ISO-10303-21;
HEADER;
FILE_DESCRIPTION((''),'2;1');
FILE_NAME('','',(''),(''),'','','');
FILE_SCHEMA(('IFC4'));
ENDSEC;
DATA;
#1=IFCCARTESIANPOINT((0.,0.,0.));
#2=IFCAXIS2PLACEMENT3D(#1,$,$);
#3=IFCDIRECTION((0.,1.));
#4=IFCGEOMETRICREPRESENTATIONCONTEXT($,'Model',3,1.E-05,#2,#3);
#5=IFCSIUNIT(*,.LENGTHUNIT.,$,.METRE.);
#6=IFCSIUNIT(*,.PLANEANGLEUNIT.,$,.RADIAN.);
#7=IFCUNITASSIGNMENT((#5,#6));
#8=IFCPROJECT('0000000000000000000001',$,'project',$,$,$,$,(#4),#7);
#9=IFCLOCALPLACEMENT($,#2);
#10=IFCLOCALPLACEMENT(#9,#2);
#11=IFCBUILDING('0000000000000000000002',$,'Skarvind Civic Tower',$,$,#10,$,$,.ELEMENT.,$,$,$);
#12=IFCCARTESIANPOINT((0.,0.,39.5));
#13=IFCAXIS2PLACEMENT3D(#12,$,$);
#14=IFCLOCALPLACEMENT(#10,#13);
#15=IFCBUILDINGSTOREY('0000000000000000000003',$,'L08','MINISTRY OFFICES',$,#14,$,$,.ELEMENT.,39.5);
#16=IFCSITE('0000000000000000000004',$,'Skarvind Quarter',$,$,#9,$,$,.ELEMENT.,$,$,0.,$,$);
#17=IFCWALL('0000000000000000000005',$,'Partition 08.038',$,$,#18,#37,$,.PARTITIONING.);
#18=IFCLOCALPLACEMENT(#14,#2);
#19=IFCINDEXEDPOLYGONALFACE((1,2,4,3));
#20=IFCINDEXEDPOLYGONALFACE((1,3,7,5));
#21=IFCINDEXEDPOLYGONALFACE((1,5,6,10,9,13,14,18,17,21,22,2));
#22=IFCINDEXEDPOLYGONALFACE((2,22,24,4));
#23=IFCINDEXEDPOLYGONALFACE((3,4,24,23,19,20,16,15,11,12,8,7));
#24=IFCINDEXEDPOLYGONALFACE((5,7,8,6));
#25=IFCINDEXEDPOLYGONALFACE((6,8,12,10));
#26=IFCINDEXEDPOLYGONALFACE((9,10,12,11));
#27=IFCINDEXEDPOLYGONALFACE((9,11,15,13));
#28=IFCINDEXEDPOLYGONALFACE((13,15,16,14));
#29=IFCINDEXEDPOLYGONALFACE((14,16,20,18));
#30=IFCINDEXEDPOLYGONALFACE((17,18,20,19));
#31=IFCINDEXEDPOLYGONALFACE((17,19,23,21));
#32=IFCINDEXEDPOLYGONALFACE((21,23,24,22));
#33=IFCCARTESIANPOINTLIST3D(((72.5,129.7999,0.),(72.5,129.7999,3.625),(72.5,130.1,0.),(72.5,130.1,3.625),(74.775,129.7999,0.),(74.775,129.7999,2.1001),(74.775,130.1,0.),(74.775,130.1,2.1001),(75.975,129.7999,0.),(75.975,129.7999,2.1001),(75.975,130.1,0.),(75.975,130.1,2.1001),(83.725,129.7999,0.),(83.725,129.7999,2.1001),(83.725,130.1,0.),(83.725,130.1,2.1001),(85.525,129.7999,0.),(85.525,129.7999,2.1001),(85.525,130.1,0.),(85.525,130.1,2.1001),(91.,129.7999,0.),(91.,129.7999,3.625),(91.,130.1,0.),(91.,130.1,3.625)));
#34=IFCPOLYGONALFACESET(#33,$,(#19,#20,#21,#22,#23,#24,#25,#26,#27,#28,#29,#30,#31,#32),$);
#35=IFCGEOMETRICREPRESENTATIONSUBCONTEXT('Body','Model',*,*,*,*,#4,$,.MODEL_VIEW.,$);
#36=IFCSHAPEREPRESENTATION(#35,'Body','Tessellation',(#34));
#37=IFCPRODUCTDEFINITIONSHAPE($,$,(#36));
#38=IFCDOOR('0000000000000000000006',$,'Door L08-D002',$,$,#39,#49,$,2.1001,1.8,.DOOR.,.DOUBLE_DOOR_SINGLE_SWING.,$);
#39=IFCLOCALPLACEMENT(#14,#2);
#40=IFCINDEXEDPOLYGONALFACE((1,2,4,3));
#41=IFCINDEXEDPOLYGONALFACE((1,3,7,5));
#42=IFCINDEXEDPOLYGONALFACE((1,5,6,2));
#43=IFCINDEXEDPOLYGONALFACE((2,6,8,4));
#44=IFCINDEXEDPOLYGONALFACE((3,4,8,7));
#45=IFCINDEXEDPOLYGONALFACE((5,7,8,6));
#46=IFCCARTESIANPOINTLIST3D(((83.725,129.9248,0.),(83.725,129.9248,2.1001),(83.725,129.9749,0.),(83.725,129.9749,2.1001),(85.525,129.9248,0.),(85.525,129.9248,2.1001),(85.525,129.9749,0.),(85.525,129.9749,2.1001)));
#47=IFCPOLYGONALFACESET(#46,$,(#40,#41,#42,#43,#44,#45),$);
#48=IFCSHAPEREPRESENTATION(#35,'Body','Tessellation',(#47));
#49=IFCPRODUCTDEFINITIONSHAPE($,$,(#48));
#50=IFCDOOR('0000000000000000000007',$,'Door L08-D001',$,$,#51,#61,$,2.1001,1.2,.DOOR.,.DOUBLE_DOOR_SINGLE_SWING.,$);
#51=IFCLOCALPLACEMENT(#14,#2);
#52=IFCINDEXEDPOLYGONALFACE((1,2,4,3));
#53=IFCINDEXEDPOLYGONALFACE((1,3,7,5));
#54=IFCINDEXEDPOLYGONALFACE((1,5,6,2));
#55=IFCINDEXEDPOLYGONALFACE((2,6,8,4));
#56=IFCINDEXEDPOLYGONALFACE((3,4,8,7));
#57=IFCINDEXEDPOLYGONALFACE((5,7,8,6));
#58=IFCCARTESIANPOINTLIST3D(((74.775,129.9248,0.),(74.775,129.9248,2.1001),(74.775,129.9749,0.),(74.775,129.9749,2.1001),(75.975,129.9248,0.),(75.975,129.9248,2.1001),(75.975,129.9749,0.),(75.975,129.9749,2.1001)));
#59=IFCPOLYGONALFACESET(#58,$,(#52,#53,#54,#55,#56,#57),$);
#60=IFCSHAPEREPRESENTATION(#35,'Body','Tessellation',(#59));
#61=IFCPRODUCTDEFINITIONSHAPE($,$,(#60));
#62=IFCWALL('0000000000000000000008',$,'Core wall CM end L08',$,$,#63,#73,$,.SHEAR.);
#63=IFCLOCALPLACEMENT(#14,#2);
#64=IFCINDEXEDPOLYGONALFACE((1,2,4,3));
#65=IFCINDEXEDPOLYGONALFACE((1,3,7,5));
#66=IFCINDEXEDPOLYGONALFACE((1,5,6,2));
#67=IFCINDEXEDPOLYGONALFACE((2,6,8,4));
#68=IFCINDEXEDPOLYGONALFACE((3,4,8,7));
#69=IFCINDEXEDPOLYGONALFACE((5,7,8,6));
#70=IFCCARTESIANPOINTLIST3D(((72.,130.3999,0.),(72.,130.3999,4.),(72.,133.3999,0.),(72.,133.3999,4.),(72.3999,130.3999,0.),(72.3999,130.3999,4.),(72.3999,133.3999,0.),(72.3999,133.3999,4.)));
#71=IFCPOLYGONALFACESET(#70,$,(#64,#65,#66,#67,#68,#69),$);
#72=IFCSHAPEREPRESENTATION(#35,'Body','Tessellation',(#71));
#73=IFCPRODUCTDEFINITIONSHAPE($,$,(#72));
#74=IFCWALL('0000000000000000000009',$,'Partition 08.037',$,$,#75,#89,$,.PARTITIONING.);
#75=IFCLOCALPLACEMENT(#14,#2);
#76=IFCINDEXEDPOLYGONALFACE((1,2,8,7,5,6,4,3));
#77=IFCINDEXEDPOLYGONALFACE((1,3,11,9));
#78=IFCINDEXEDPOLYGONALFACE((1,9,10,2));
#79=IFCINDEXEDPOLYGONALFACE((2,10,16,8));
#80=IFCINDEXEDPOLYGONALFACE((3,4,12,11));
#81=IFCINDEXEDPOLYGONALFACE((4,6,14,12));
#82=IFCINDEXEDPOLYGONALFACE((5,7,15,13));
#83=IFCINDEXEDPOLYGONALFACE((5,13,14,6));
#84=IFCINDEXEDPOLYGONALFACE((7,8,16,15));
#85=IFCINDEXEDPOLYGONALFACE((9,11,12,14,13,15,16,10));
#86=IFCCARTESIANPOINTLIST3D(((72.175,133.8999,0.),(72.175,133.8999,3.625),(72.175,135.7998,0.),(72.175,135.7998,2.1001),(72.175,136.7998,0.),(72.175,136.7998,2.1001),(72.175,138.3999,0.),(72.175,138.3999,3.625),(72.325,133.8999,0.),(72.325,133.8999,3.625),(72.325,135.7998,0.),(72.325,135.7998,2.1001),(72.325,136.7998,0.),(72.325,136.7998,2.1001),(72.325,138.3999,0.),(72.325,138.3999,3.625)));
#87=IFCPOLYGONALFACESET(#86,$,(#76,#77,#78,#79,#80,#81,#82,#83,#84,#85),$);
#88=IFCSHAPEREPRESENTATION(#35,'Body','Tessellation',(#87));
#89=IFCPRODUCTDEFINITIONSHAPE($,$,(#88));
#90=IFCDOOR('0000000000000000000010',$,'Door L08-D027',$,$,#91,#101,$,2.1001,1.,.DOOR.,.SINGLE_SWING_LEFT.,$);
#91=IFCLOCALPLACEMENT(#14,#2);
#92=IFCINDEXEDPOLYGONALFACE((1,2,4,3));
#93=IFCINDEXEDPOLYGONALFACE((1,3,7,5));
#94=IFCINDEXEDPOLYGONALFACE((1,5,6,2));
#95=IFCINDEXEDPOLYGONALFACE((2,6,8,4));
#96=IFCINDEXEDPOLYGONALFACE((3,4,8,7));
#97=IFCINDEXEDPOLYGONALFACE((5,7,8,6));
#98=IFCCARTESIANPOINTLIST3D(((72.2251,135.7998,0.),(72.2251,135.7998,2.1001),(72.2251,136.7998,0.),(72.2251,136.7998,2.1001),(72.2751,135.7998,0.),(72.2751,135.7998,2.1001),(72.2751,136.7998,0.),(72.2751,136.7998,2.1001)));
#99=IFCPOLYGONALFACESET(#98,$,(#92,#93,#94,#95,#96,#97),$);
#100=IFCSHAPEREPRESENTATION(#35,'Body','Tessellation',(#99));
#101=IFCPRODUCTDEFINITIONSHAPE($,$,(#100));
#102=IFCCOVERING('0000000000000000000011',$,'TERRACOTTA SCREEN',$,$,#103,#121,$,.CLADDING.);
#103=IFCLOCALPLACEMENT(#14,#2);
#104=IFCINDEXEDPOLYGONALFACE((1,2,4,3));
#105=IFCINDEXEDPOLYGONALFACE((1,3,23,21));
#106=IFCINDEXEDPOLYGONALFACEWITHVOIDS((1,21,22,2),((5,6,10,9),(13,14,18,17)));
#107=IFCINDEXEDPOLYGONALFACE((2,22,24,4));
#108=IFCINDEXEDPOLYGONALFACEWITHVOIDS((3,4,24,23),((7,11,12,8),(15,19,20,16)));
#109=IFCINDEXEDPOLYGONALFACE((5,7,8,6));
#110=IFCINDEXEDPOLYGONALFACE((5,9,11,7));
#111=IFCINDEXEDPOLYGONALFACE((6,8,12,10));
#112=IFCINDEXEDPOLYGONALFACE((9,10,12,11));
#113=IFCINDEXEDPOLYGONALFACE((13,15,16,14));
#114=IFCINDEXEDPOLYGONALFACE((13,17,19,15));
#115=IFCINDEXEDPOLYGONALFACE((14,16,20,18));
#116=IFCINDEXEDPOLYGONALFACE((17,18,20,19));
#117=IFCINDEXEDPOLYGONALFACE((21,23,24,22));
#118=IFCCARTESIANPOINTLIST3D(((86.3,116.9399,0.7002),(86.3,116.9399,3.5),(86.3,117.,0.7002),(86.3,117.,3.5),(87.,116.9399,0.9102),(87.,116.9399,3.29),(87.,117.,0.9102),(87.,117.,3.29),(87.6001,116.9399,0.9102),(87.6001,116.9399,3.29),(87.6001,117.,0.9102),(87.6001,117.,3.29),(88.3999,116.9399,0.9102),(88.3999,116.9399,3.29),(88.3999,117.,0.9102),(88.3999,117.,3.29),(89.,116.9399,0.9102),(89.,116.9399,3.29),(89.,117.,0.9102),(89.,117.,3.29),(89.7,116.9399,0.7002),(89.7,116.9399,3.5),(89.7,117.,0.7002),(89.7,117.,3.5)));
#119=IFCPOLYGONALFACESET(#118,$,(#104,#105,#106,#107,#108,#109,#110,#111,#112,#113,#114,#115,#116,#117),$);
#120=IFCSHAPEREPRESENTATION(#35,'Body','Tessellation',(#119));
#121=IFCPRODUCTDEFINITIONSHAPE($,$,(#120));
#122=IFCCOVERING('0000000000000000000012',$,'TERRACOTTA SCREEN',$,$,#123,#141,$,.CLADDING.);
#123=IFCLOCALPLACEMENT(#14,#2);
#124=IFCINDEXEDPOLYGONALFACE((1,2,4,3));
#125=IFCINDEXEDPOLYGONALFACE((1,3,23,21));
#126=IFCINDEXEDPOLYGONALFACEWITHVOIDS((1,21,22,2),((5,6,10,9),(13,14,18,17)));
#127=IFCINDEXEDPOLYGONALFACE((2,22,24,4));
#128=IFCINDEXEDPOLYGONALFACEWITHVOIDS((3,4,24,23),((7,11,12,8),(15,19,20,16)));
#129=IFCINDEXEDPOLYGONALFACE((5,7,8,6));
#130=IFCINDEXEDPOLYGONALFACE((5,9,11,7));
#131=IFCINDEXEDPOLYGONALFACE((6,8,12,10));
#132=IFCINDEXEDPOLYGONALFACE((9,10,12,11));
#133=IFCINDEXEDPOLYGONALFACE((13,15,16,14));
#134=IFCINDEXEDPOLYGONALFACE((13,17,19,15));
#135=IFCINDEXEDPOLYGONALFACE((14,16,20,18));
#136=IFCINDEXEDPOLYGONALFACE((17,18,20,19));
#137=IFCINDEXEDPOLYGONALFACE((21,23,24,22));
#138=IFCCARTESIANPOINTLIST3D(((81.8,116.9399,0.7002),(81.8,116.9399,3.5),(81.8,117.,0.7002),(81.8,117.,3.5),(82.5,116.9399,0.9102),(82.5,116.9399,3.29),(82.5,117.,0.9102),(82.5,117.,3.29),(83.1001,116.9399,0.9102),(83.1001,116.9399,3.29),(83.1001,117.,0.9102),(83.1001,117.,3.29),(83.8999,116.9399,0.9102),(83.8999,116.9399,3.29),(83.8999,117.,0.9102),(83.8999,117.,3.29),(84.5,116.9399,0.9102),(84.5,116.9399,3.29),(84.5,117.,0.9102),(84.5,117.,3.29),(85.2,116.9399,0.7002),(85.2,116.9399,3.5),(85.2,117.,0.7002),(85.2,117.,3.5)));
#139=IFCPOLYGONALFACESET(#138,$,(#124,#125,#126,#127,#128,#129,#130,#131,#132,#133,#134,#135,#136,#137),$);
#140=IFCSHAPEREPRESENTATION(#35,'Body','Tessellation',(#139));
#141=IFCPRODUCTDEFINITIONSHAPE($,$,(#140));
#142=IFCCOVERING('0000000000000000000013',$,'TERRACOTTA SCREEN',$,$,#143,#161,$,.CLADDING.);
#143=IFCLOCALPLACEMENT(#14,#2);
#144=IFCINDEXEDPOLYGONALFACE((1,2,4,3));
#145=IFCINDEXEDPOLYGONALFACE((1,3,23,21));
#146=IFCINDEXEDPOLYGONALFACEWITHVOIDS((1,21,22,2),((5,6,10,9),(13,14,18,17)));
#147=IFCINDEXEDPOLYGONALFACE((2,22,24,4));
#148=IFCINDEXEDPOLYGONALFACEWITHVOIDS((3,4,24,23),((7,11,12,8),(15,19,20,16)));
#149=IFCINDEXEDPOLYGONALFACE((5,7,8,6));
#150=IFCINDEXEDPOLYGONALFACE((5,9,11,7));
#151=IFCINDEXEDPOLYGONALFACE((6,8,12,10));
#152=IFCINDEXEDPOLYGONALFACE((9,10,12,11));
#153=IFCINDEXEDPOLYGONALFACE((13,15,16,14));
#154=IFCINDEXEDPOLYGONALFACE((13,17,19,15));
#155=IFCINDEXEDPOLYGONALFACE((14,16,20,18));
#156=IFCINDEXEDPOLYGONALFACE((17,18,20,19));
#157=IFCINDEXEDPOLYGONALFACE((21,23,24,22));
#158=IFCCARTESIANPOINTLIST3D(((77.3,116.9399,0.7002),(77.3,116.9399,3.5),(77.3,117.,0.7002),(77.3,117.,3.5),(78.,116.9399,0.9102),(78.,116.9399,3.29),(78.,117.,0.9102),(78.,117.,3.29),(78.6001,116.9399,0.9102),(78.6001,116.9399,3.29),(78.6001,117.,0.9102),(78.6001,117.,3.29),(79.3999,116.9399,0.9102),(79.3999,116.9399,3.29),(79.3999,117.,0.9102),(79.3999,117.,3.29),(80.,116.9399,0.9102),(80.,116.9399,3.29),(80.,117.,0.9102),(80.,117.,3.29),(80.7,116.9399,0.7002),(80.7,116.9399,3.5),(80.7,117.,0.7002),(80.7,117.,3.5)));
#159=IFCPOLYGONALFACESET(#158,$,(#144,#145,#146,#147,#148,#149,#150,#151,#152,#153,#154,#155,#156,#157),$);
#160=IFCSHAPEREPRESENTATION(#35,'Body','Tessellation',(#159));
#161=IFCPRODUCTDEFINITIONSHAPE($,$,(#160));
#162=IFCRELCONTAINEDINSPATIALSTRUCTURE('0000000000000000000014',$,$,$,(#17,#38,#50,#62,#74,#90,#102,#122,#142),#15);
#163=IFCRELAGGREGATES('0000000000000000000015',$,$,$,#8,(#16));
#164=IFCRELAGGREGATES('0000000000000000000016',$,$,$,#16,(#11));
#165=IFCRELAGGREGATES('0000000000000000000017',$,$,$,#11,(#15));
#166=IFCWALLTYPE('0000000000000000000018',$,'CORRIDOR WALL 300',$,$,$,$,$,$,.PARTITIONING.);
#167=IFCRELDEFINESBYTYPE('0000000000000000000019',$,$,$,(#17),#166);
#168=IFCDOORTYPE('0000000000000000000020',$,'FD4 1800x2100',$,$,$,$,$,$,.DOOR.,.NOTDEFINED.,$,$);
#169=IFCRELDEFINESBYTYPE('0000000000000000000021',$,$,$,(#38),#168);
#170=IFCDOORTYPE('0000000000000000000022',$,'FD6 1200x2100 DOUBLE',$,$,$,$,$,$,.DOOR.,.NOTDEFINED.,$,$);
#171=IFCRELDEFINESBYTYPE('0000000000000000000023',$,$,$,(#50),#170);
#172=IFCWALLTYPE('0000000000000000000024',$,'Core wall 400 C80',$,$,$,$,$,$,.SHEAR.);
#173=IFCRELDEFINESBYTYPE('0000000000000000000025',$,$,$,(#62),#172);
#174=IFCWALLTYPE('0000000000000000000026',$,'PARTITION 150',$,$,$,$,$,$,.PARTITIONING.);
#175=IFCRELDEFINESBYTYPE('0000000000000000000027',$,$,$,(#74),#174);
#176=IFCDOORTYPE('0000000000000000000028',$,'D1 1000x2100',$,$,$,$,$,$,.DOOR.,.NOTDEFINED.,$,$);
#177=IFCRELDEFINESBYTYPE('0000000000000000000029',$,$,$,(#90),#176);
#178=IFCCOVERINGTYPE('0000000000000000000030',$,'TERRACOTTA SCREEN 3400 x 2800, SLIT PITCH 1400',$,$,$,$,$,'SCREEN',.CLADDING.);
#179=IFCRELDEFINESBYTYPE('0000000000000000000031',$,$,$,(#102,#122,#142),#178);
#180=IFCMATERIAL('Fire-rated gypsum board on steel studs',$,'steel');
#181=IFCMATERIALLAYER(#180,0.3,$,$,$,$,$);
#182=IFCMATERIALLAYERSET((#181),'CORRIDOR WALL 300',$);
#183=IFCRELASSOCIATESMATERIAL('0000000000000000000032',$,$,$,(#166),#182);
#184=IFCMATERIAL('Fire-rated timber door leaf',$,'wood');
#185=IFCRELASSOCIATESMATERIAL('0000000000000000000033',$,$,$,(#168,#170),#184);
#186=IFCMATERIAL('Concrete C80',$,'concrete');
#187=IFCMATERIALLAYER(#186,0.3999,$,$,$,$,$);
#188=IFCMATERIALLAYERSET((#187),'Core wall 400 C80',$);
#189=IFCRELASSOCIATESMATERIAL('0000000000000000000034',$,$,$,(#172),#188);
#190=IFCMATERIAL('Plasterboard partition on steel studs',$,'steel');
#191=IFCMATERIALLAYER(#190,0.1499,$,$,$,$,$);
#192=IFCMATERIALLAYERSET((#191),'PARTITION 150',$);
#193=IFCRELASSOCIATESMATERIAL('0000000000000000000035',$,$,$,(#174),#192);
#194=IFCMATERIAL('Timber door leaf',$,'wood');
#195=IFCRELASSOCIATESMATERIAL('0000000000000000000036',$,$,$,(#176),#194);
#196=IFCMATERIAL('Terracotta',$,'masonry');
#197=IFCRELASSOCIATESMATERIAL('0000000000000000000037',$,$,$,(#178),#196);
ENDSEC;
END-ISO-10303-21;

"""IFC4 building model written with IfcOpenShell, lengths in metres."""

from ifc_helpers import new_model, si_unit, direction, frame, frame_2d, origin, place, context, subcontext, project, spatial, polyline, rectangle, outline, extrude, material, layer, layer_set, material_profile, profile_set, type_object, element, fill, save


model = new_model("IFC4")

# Units and contexts
model_context = context("Model", 3, precision=1e-05, world=origin(), true_north=direction((0.0, 1.0)))
body_context = subcontext(model_context, "Body", "Model", "MODEL_VIEW")
ifc_project = project(units=[si_unit("LENGTHUNIT", "METRE"), si_unit("PLANEANGLEUNIT", "RADIAN")], contexts=[model_context])

# Site, building, storey
site_placement = place(None, origin())
site = spatial("IfcSite", under=ifc_project, at=site_placement, Name="Skarvind Quarter", CompositionType="ELEMENT", RefElevation=0.0)
building_placement = place(site_placement, origin())
building = spatial("IfcBuilding", under=site, at=building_placement, Name="Skarvind Civic Tower", CompositionType="ELEMENT")
storey_placement = place(building_placement, frame((0.0, 0.0, 39.5)))
storey = spatial("IfcBuildingStorey", under=building, at=storey_placement, Name="L08", Description="MINISTRY OFFICES", CompositionType="ELEMENT", Elevation=39.5)

# Shared definitions
ifc_material_1 = material(Name="Concrete C80", Category="concrete")

# Wall, openings, doors
ifc_material_2 = material(Name="Fire-rated gypsum board on steel studs", Category="steel")
ifc_layer_1 = layer(ifc_material_2, 0.3)
ifc_layer_set_1 = layer_set([ifc_layer_1], Name="CORRIDOR WALL 300")
wall_type_1 = type_object("IfcWallType", Name="CORRIDOR WALL 300", PredefinedType="PARTITIONING", material=ifc_layer_set_1)
wall_1_placement = place(storey_placement, frame((72.5, 129.95, 0.0), z_axis=(0.0, 0.0, 1.0), x_axis=(1.0, 0.0, 0.0)))
wall_1 = element("IfcWall", 1, at=wall_1_placement, inside=storey, type_object=wall_type_1, Name="Partition 08.038", PredefinedType="PARTITIONING", context=body_context, shape_type="SweptSolid", body=[
    extrude(rectangle(XDim=18.5, YDim=0.3, at=frame_2d((9.25, 0.0))), origin(), (0.0, 0.0, 1.0), 3.625),
])
opening_1_placement = place(wall_1_placement, frame((2.2749, 0.0, 0.0)))
opening_1 = element("IfcOpeningElement", 2, at=opening_1_placement, cuts=wall_1, PredefinedType="OPENING", context=body_context, shape_type="SweptSolid", body=[
    extrude(rectangle(XDim=1.2, YDim=2.1001, at=frame_2d((0.6001, 1.05))), frame((0.0, 0.1599, 0.0), z_axis=(0.0, -1.0, 0.0), x_axis=(1.0, 0.0, 0.0)), (0.0, 0.0, 1.0), 0.3201),
])
opening_2_placement = place(wall_1_placement, frame((11.2251, 0.0, 0.0)))
opening_2 = element("IfcOpeningElement", 3, at=opening_2_placement, cuts=wall_1, PredefinedType="OPENING", context=body_context, shape_type="SweptSolid", body=[
    extrude(rectangle(XDim=1.8, YDim=2.1001, at=frame_2d((0.8999, 1.05))), frame((0.0, 0.1599, 0.0), z_axis=(0.0, -1.0, 0.0), x_axis=(1.0, 0.0, 0.0)), (0.0, 0.0, 1.0), 0.3201),
])
ifc_material_3 = material(Name="Fire-rated timber door leaf", Category="wood")
door_type_1 = type_object("IfcDoorType", Name="FD4 1800x2100", OperationType="NOTDEFINED", PredefinedType="DOOR", material=ifc_material_3)
door_1_placement = place(opening_2_placement, origin())
door_1 = element("IfcDoor", 4, at=door_1_placement, inside=storey, type_object=door_type_1, Name="Door L08-D002", OperationType="DOUBLE_DOOR_SINGLE_SWING", OverallHeight=2.1001, OverallWidth=1.8, PredefinedType="DOOR", context=body_context, shape_type="SweptSolid", body=[
    extrude(rectangle(XDim=1.8, YDim=2.1001, at=frame_2d((0.8999, 1.05))), frame((0.0, 0.0249, 0.0), z_axis=(0.0, -1.0, 0.0), x_axis=(1.0, 0.0, 0.0)), (0.0, 0.0, 1.0), 0.05),
])
fill(opening_2, door_1)
door_type_2 = type_object("IfcDoorType", Name="FD6 1200x2100 DOUBLE", OperationType="NOTDEFINED", PredefinedType="DOOR", material=ifc_material_3)
door_2_placement = place(opening_1_placement, origin())
door_2 = element("IfcDoor", 5, at=door_2_placement, inside=storey, type_object=door_type_2, Name="Door L08-D001", OperationType="DOUBLE_DOOR_SINGLE_SWING", OverallHeight=2.1001, OverallWidth=1.2, PredefinedType="DOOR", context=body_context, shape_type="SweptSolid", body=[
    extrude(rectangle(XDim=1.2, YDim=2.1001, at=frame_2d((0.6001, 1.05))), frame((0.0, 0.0249, 0.0), z_axis=(0.0, -1.0, 0.0), x_axis=(1.0, 0.0, 0.0)), (0.0, 0.0, 1.0), 0.05),
])
fill(opening_1, door_2)

# Wall
ifc_layer_2 = layer(ifc_material_1, 0.3999)
ifc_layer_set_2 = layer_set([ifc_layer_2], Name="Core wall 400 C80")
wall_type_2 = type_object("IfcWallType", Name="Core wall 400 C80", PredefinedType="SHEAR", material=ifc_layer_set_2)
wall_2_placement = place(storey_placement, frame((72.2, 130.3999, 0.0), z_axis=(0.0, 0.0, 1.0), x_axis=(0.0, 1.0, 0.0)))
element("IfcWall", 6, at=wall_2_placement, inside=storey, type_object=wall_type_2, Name="Core wall CM end L08", PredefinedType="SHEAR", context=body_context, shape_type="SweptSolid", body=[
    extrude(rectangle(XDim=3.0, YDim=0.3999, at=frame_2d((1.5, 0.0))), origin(), (0.0, 0.0, 1.0), 4.0),
])

# Wall, opening, door
ifc_material_4 = material(Name="Plasterboard partition on steel studs", Category="steel")
ifc_layer_3 = layer(ifc_material_4, 0.1499)
ifc_layer_set_3 = layer_set([ifc_layer_3], Name="PARTITION 150")
wall_type_3 = type_object("IfcWallType", Name="PARTITION 150", PredefinedType="PARTITIONING", material=ifc_layer_set_3)
wall_3_placement = place(storey_placement, frame((72.25, 133.8999, 0.0), z_axis=(0.0, 0.0, 1.0), x_axis=(0.0, 1.0, 0.0)))
wall_3 = element("IfcWall", 7, at=wall_3_placement, inside=storey, type_object=wall_type_3, Name="Partition 08.037", PredefinedType="PARTITIONING", context=body_context, shape_type="SweptSolid", body=[
    extrude(rectangle(XDim=4.5, YDim=0.1499, at=frame_2d((2.25, 0.0))), origin(), (0.0, 0.0, 1.0), 3.625),
])
opening_3_placement = place(wall_3_placement, frame((1.8999, 0.0, 0.0)))
opening_3 = element("IfcOpeningElement", 8, at=opening_3_placement, cuts=wall_3, PredefinedType="OPENING", context=body_context, shape_type="SweptSolid", body=[
    extrude(rectangle(XDim=1.0, YDim=2.1001, at=frame_2d((0.5, 1.05))), frame((0.0, 0.085, 0.0), z_axis=(0.0, -1.0, 0.0), x_axis=(1.0, 0.0, 0.0)), (0.0, 0.0, 1.0), 0.1699),
])
ifc_material_5 = material(Name="Timber door leaf", Category="wood")
door_type_3 = type_object("IfcDoorType", Name="D1 1000x2100", OperationType="NOTDEFINED", PredefinedType="DOOR", material=ifc_material_5)
door_3_placement = place(opening_3_placement, origin())
door_3 = element("IfcDoor", 9, at=door_3_placement, inside=storey, type_object=door_type_3, Name="Door L08-D027", OperationType="SINGLE_SWING_LEFT", OverallHeight=2.1001, OverallWidth=1.0, PredefinedType="DOOR", context=body_context, shape_type="SweptSolid", body=[
    extrude(rectangle(XDim=1.0, YDim=2.1001, at=frame_2d((0.5, 1.05))), frame((0.0, 0.0249, 0.0), z_axis=(0.0, -1.0, 0.0), x_axis=(1.0, 0.0, 0.0)), (0.0, 0.0, 1.0), 0.05),
])
fill(opening_3, door_3)

# Coverings
ifc_material_6 = material(Name="Terracotta", Category="masonry")
ifc_material_profile_1 = material_profile(ifc_material_6, outline(polyline([(-1.7, -1.3999), (1.7, -1.3999), (1.7, 1.3999), (-1.7, 1.3999), (-1.7, -1.3999)]), holes=[polyline([(-1.0, -1.1899), (-0.3999, -1.1899), (-0.3999, 1.1899), (-1.0, 1.1899), (-1.0, -1.1899)]), polyline([(0.3999, -1.1899), (1.0, -1.1899), (1.0, 1.1899), (0.3999, 1.1899), (0.3999, -1.1899)])]), Name="TERRACOTTA SCREEN 3400 x 2800, SLIT PITCH 1400")
ifc_profile_set_1 = profile_set([ifc_material_profile_1], Name="Terracotta")
covering_type_1 = type_object("IfcCoveringType", Name="TERRACOTTA SCREEN 3400 x 2800, SLIT PITCH 1400", ElementType="SCREEN", PredefinedType="CLADDING", material=ifc_profile_set_1)
for number, where, z_axis, x_axis, name in (
    (10, (88.0, 117.0, 2.1001), (0.0, -1.0, 0.0), (1.0, 0.0, 0.0), "TERRACOTTA SCREEN"),
    (11, (83.5, 117.0, 2.1001), (0.0, -1.0, 0.0), (1.0, 0.0, 0.0), "TERRACOTTA SCREEN"),
    (12, (79.0, 117.0, 2.1001), (0.0, -1.0, 0.0), (1.0, 0.0, 0.0), "TERRACOTTA SCREEN"),
):
    element("IfcCovering", number, at=place(storey_placement, frame(where, z_axis=z_axis, x_axis=x_axis)), inside=storey, type_object=covering_type_1, Name=name, PredefinedType="CLADDING", context=body_context, shape_type="SweptSolid", body=[
        extrude(outline(polyline([(-1.7, -1.3999), (1.7, -1.3999), (1.7, 1.3999), (-1.7, 1.3999), (-1.7, -1.3999)]), holes=[polyline([(-1.0, -1.1899), (-0.3999, -1.1899), (-0.3999, 1.1899), (-1.0, 1.1899), (-1.0, -1.1899)]), polyline([(0.3999, -1.1899), (1.0, -1.1899), (1.0, 1.1899), (0.3999, 1.1899), (0.3999, -1.1899)])]), origin(), (0.0, 0.0, 1.0), 0.0601),
    ])

save(model, "model.ifc")
